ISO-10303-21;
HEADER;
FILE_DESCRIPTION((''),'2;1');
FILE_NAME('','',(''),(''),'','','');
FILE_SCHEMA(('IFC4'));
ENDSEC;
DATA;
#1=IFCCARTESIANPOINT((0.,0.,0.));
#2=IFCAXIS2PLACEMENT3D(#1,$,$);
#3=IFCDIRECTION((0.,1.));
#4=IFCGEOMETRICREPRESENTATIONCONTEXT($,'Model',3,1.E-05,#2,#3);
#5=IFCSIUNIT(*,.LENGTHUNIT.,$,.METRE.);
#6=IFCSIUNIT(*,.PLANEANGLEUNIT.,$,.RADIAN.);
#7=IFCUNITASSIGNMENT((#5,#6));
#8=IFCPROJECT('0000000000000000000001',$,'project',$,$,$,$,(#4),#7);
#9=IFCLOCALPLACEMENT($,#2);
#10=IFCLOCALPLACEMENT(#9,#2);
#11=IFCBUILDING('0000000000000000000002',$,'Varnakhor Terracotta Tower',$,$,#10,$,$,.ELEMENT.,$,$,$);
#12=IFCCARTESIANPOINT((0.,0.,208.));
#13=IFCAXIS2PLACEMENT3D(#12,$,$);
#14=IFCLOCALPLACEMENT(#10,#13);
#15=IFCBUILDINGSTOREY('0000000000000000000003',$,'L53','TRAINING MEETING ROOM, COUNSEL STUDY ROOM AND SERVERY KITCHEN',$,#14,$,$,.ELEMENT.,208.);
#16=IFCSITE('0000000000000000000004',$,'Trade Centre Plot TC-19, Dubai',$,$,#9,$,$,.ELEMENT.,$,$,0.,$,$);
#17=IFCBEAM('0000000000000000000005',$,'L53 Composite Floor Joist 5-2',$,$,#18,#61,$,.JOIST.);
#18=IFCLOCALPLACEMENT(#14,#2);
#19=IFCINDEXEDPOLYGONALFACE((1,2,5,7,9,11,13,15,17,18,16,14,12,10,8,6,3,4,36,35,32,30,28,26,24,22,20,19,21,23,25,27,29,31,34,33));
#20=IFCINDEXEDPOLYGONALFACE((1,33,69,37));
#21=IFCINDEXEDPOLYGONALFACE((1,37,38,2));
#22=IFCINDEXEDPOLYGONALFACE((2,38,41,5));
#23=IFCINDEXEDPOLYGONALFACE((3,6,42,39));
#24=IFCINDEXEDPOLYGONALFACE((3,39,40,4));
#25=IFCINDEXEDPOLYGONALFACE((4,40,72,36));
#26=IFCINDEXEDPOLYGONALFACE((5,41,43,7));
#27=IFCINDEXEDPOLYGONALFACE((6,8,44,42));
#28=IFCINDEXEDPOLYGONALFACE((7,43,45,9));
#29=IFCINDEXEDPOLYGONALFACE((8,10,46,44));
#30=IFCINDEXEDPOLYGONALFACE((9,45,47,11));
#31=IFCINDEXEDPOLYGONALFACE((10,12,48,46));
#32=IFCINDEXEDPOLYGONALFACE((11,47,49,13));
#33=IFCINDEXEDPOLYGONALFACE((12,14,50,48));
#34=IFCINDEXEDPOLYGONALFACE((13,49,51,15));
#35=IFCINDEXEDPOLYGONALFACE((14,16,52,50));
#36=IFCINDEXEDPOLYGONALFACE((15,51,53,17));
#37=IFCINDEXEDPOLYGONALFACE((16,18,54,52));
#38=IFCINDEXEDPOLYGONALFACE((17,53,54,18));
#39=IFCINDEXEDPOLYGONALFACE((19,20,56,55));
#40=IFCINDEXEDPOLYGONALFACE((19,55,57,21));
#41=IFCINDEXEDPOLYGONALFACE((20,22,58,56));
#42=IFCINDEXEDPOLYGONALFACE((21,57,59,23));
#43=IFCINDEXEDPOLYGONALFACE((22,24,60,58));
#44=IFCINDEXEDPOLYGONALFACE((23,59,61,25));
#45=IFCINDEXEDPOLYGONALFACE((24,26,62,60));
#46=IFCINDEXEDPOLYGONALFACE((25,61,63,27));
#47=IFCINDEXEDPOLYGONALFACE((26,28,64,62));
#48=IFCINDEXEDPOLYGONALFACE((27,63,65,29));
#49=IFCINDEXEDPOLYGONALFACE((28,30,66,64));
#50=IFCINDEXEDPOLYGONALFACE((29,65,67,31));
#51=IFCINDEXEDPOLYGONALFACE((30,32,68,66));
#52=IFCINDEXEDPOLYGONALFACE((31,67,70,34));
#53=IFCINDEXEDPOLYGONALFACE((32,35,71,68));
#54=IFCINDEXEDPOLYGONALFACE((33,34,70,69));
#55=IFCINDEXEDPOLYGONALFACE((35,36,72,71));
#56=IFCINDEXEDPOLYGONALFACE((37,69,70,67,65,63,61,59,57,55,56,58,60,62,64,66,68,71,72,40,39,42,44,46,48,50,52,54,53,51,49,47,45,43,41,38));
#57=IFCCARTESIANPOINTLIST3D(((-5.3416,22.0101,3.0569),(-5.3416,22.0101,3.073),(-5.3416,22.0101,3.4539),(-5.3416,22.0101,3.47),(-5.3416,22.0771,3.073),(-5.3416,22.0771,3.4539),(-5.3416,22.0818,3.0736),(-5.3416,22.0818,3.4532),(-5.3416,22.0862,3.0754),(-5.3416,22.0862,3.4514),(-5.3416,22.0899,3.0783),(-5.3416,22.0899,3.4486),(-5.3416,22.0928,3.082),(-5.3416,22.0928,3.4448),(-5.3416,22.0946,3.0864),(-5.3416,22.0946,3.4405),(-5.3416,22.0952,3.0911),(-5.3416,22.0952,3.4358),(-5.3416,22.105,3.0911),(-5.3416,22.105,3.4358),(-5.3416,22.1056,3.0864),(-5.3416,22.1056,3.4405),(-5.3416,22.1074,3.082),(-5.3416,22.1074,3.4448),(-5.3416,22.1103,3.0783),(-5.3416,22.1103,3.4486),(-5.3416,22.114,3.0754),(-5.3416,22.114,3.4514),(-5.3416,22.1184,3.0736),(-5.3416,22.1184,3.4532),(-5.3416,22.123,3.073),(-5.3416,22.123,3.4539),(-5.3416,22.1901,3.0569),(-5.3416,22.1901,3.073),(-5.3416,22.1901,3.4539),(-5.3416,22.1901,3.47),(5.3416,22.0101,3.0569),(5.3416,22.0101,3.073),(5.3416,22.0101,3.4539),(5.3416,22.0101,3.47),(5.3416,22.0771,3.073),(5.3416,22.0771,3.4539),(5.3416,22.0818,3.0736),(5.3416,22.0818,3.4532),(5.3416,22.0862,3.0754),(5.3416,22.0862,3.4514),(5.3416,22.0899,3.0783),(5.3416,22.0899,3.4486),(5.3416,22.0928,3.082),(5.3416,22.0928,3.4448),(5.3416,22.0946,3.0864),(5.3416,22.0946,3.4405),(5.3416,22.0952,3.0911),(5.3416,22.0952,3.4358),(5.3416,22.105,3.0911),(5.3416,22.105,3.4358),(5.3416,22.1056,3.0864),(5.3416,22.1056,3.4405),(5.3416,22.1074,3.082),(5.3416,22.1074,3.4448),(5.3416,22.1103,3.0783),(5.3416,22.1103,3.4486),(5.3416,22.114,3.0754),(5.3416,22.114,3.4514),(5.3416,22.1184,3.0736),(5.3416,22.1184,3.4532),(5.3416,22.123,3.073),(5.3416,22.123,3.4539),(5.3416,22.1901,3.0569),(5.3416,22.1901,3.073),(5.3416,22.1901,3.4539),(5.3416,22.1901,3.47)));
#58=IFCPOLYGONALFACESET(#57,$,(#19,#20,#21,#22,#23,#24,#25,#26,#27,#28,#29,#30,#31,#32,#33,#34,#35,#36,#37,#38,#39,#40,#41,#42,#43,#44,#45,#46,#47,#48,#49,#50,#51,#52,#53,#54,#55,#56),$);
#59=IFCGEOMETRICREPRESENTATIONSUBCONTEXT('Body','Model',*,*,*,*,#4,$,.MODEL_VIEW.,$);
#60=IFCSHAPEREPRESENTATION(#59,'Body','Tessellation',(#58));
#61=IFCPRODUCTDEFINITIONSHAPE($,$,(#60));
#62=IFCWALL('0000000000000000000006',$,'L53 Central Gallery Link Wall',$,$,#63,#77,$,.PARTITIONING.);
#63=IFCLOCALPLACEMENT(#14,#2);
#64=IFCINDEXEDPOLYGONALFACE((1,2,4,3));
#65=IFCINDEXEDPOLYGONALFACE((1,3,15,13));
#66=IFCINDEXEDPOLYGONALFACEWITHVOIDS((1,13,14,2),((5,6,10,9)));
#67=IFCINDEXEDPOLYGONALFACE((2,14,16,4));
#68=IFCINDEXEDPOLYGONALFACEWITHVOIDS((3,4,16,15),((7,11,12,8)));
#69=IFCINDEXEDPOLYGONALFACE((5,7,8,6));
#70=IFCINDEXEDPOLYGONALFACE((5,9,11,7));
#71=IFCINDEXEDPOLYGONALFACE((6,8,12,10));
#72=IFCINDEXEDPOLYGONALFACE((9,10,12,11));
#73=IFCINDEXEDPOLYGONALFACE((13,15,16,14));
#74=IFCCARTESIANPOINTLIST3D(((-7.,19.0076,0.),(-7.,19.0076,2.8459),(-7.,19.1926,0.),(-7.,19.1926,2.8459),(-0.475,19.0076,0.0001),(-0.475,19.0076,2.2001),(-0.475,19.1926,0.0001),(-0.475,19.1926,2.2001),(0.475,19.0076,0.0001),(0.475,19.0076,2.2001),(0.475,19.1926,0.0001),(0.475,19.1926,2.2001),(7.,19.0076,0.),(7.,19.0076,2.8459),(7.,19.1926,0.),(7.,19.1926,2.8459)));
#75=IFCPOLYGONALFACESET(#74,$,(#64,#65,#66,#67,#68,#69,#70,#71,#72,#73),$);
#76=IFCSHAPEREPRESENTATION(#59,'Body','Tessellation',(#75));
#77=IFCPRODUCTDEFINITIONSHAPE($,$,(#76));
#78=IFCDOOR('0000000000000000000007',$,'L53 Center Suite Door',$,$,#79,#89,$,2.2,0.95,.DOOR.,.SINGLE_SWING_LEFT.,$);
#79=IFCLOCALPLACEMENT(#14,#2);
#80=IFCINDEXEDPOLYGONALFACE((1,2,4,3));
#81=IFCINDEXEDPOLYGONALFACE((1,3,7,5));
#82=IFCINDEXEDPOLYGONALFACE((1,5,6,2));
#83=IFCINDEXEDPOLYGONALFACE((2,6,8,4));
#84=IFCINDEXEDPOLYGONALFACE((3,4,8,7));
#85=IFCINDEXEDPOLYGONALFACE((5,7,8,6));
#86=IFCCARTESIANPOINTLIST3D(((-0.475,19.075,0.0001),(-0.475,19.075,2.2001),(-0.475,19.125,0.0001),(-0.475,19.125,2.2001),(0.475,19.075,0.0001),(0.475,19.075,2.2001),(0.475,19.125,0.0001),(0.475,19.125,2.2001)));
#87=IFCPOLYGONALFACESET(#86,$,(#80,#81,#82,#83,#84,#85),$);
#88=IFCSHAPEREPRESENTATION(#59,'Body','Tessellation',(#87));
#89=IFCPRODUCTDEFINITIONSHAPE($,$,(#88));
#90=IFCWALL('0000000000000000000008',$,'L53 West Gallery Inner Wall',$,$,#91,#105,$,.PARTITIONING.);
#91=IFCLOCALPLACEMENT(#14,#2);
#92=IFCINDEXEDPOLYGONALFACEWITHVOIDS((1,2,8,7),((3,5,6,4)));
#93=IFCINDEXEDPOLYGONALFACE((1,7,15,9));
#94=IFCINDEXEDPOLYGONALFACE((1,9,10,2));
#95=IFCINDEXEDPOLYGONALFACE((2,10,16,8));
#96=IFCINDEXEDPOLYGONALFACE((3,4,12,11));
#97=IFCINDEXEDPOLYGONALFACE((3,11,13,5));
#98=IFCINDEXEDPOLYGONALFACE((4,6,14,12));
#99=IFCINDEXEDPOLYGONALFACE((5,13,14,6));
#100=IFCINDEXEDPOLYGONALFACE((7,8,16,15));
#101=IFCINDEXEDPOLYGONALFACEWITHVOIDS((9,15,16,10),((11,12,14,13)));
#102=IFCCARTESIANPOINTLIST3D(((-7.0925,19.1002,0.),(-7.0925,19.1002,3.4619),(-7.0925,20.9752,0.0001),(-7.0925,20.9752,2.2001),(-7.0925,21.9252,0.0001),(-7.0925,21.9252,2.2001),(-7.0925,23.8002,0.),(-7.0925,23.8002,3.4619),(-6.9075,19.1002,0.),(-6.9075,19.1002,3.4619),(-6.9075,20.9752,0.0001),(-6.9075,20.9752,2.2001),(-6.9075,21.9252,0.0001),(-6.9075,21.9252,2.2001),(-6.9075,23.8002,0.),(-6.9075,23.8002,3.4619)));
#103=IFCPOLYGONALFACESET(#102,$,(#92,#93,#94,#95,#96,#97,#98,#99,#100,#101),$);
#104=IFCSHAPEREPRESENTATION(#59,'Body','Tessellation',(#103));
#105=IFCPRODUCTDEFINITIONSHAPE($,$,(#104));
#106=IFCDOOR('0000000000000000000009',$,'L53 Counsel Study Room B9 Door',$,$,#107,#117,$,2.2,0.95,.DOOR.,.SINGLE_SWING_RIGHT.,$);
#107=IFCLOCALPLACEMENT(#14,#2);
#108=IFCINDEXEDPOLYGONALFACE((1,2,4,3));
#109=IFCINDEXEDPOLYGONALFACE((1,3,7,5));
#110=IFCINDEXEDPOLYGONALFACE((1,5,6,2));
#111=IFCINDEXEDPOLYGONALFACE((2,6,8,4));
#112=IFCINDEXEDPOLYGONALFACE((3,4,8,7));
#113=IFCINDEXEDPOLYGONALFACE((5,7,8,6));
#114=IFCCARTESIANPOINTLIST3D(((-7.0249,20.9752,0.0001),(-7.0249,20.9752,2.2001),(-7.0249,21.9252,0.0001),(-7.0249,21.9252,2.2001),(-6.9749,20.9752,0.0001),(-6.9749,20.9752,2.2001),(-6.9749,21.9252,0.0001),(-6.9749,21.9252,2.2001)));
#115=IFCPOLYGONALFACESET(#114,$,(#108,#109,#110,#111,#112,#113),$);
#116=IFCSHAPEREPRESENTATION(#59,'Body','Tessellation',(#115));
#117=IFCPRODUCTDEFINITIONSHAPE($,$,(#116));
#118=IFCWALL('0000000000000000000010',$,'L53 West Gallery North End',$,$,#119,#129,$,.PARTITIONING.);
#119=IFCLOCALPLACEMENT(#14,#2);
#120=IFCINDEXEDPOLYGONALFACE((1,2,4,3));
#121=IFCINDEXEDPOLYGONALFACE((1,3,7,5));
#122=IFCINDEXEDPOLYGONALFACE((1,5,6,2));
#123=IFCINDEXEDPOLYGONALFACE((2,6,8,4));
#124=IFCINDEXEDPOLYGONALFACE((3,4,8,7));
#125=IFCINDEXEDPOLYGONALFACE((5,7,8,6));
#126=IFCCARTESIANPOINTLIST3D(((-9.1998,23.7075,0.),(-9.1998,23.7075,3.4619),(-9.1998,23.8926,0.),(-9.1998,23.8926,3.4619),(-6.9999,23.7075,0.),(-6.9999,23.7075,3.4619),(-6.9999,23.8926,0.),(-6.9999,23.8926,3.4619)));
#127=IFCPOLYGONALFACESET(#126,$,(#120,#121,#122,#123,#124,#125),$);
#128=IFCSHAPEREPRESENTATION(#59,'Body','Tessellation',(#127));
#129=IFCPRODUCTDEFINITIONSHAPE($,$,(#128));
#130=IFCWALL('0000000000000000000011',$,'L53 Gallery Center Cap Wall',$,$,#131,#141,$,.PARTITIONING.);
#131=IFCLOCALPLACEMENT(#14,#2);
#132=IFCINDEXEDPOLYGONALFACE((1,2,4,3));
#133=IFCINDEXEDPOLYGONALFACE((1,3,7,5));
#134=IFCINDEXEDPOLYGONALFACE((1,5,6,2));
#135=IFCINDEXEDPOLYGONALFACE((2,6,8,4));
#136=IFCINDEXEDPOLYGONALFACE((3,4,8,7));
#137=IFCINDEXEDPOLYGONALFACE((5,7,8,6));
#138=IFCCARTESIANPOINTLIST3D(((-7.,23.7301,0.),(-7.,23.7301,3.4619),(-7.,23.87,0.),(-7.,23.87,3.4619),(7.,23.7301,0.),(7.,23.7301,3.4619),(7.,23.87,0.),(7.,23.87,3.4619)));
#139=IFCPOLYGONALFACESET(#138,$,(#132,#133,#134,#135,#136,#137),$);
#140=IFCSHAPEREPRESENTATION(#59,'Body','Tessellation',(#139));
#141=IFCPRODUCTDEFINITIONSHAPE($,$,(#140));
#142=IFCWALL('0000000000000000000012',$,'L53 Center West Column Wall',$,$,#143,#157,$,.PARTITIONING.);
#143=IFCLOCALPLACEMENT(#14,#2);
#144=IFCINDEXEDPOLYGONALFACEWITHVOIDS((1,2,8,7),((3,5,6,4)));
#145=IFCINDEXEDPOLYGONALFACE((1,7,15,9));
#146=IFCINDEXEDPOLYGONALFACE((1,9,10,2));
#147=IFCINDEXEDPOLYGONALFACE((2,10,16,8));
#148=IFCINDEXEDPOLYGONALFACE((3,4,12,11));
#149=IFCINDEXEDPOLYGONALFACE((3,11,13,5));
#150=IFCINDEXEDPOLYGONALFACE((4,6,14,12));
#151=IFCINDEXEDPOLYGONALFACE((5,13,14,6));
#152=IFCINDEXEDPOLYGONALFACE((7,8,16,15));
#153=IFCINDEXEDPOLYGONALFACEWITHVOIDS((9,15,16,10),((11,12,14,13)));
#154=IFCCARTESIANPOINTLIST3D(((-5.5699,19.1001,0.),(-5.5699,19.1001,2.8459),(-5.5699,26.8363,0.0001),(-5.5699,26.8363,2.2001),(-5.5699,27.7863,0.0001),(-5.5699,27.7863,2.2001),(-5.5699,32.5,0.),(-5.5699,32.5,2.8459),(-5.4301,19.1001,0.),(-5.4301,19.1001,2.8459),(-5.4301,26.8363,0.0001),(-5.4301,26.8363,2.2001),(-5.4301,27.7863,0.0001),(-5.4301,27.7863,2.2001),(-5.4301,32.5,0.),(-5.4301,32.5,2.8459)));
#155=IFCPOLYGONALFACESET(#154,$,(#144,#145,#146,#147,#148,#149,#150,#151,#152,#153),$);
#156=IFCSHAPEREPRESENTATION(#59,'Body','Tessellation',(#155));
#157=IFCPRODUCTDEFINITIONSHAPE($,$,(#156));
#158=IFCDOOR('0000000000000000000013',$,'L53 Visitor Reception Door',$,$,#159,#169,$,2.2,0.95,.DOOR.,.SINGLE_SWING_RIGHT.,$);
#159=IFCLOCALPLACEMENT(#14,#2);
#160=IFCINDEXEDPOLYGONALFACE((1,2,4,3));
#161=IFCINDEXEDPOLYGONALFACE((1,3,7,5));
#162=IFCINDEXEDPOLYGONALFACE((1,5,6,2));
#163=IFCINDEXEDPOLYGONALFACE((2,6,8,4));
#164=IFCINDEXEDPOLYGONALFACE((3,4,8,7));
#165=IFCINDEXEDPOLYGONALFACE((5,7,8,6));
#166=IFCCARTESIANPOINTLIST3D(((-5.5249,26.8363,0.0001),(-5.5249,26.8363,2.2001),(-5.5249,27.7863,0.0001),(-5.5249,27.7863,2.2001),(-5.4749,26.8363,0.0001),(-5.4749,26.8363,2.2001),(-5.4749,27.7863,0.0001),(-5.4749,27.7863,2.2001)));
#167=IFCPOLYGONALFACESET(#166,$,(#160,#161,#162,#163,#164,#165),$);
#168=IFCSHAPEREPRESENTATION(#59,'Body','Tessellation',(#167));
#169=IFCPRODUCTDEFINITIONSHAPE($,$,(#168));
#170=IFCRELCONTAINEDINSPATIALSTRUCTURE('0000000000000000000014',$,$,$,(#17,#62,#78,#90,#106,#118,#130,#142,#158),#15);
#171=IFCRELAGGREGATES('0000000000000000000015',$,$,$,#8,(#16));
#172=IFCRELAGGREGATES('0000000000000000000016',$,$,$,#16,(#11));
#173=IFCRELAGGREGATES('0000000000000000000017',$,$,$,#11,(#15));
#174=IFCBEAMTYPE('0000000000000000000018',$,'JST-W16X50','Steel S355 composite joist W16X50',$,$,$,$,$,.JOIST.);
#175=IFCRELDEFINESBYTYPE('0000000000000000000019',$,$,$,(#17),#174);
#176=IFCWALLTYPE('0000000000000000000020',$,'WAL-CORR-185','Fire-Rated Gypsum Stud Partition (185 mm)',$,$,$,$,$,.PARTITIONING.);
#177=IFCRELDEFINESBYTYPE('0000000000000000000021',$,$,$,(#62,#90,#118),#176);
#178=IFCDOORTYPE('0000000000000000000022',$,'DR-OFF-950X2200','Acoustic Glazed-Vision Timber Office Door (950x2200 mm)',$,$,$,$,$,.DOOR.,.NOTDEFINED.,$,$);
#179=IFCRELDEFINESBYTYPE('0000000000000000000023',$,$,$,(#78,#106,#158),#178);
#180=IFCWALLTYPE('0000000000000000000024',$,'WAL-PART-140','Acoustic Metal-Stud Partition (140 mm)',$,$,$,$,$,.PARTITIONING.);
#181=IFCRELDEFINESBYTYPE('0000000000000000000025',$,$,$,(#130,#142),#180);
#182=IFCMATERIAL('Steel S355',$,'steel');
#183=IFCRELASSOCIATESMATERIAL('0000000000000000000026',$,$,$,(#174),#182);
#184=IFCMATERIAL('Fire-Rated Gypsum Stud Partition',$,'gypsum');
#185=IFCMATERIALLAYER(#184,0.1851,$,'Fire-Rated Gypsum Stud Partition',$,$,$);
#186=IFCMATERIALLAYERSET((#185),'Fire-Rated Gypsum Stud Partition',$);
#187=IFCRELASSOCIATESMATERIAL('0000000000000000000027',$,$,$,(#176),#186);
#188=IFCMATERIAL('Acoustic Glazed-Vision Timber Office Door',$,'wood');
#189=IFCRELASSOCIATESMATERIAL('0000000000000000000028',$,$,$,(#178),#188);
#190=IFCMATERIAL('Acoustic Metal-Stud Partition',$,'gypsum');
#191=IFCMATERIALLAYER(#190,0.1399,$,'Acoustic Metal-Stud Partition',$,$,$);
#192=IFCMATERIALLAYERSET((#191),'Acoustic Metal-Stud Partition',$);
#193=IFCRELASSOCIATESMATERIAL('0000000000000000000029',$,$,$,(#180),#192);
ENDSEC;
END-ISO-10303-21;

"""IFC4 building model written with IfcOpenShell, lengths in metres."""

from ifc_helpers import new_model, si_unit, direction, frame, frame_2d, origin, origin_2d, place, context, subcontext, project, spatial, rectangle, i_section, extrude, source, transform, mapped, material, layer, layer_set, material_profile, profile_set, type_object, type_shapes, element, fill, save


model = new_model("IFC4")

# Units and contexts
model_context = context("Model", 3, precision=1e-05, world=origin(), true_north=direction((0.0, 1.0)))
body_context = subcontext(model_context, "Body", "Model", "MODEL_VIEW")
ifc_project = project(units=[si_unit("LENGTHUNIT", "METRE"), si_unit("PLANEANGLEUNIT", "RADIAN")], contexts=[model_context])

# Site, building, storey
site_placement = place(None, origin())
site = spatial("IfcSite", under=ifc_project, at=site_placement, Name="Trade Centre Plot TC-19, Dubai", CompositionType="ELEMENT", RefElevation=0.0)
building_placement = place(site_placement, origin())
building = spatial("IfcBuilding", under=site, at=building_placement, Name="Varnakhor Terracotta Tower", CompositionType="ELEMENT")
storey_placement = place(building_placement, frame((0.0, 0.0, 208.0)))
storey = spatial("IfcBuildingStorey", under=building, at=storey_placement, Name="L53", Description="TRAINING MEETING ROOM, COUNSEL STUDY ROOM AND SERVERY KITCHEN", CompositionType="ELEMENT", Elevation=208.0)

# Beam
ifc_material_1 = material(Name="Steel S355", Category="steel")
ifc_material_profile_1 = material_profile(ifc_material_1, i_section(OverallWidth=0.1799, OverallDepth=0.4131, WebThickness=0.0098, FlangeThickness=0.0161, FilletRadius=0.0181, at=origin_2d()), Name="W16X50")
ifc_profile_set_1 = profile_set([ifc_material_profile_1], Name="Steel S355")
beam_type_1 = type_object("IfcBeamType", Name="JST-W16X50", Description="Steel S355 composite joist W16X50", PredefinedType="JOIST", material=ifc_profile_set_1)
shared_shape_1 = source(origin(), body_context, "Body", "SweptSolid", [
    extrude(i_section(OverallWidth=0.1799, OverallDepth=0.4131, WebThickness=0.0098, FlangeThickness=0.0161, FilletRadius=0.0181, at=origin_2d()), origin(), (0.0, 0.0, 1.0), 10.6831),
])
for number, where, z_axis, x_axis, name in (
    (1, (-5.3416, 22.1001, 3.2634), (1.0, 0.0, 0.0), (0.0, 1.0, 0.0), "L53 Composite Floor Joist 5-2"),
):
    element("IfcBeam", number, at=place(storey_placement, frame(where, z_axis=z_axis, x_axis=x_axis)), inside=storey, type_object=beam_type_1, Name=name, PredefinedType="JOIST", context=body_context, shape_type="MappedRepresentation", body=[
        mapped(shared_shape_1, transform((0.0, 0.0, 0.0), scale=1.0)),
    ])

# Walls, openings, doors
ifc_material_2 = material(Name="Fire-Rated Gypsum Stud Partition", Category="gypsum")
ifc_layer_1 = layer(ifc_material_2, 0.1851, Name="Fire-Rated Gypsum Stud Partition")
ifc_layer_set_1 = layer_set([ifc_layer_1], Name="Fire-Rated Gypsum Stud Partition")
wall_type_1 = type_object("IfcWallType", Name="WAL-CORR-185", Description="Fire-Rated Gypsum Stud Partition (185 mm)", PredefinedType="PARTITIONING", material=ifc_layer_set_1)
wall_1_placement = place(storey_placement, frame((-7.0, 19.1001, 0.0), z_axis=(0.0, 0.0, 1.0), x_axis=(1.0, 0.0, 0.0)))
wall_1 = element("IfcWall", 2, at=wall_1_placement, inside=storey, type_object=wall_type_1, Name="L53 Central Gallery Link Wall", PredefinedType="PARTITIONING", context=body_context, shape_type="SweptSolid", body=[
    extrude(rectangle(XDim=14.0, YDim=0.1851, at=frame_2d((7.0, 0.0))), origin(), (0.0, 0.0, 1.0), 2.8459),
])
opening_1_placement = place(wall_1_placement, frame((6.5249, 0.0, 0.0)))
opening_1 = element("IfcOpeningElement", 3, at=opening_1_placement, cuts=wall_1, PredefinedType="OPENING", context=body_context, shape_type="SweptSolid", body=[
    extrude(rectangle(XDim=0.95, YDim=2.2, at=frame_2d((0.4751, 1.1001))), frame((0.0, 0.1025, 0.0), z_axis=(0.0, -1.0, 0.0), x_axis=(1.0, 0.0, 0.0)), (0.0, 0.0, 1.0), 0.2051),
])
ifc_material_3 = material(Name="Acoustic Glazed-Vision Timber Office Door", Category="wood")
door_type_1 = type_object("IfcDoorType", Name="DR-OFF-950X2200", Description="Acoustic Glazed-Vision Timber Office Door (950x2200 mm)", OperationType="NOTDEFINED", PredefinedType="DOOR", material=ifc_material_3)
shared_shape_2 = source(origin(), body_context, "Body", "SweptSolid", [
    extrude(rectangle(XDim=0.95, YDim=2.2, at=frame_2d((0.4751, 1.1001))), frame((0.0, 0.0249, 0.0), z_axis=(0.0, -1.0, 0.0), x_axis=(1.0, 0.0, 0.0)), (0.0, 0.0, 1.0), 0.05),
])
type_shapes(door_type_1, [shared_shape_2])
door_1_placement = place(opening_1_placement, origin())
door_1 = element("IfcDoor", 4, at=door_1_placement, inside=storey, type_object=door_type_1, Name="L53 Center Suite Door", OperationType="SINGLE_SWING_LEFT", OverallHeight=2.2, OverallWidth=0.95, PredefinedType="DOOR", context=body_context, shape_type="MappedRepresentation", body=[
    mapped(shared_shape_2, transform((0.0, 0.0, 0.0), scale=1.0)),
])
fill(opening_1, door_1)
wall_2_placement = place(storey_placement, frame((-7.0, 19.1001, 0.0), z_axis=(0.0, 0.0, 1.0), x_axis=(0.0, 1.0, 0.0)))
wall_2 = element("IfcWall", 5, at=wall_2_placement, inside=storey, type_object=wall_type_1, Name="L53 West Gallery Inner Wall", PredefinedType="PARTITIONING", context=body_context, shape_type="SweptSolid", body=[
    extrude(rectangle(XDim=4.7, YDim=0.1851, at=frame_2d((2.3501, 0.0))), origin(), (0.0, 0.0, 1.0), 3.4619),
])
opening_2_placement = place(wall_2_placement, frame((1.875, 0.0, 0.0)))
opening_2 = element("IfcOpeningElement", 6, at=opening_2_placement, cuts=wall_2, PredefinedType="OPENING", context=body_context, shape_type="SweptSolid", body=[
    extrude(rectangle(XDim=0.95, YDim=2.2, at=frame_2d((0.4751, 1.1001))), frame((0.0, 0.1025, 0.0), z_axis=(0.0, -1.0, 0.0), x_axis=(1.0, 0.0, 0.0)), (0.0, 0.0, 1.0), 0.2051),
])
door_2_placement = place(opening_2_placement, origin())
door_2 = element("IfcDoor", 7, at=door_2_placement, inside=storey, type_object=door_type_1, Name="L53 Counsel Study Room B9 Door", OperationType="SINGLE_SWING_RIGHT", OverallHeight=2.2, OverallWidth=0.95, PredefinedType="DOOR", context=body_context, shape_type="MappedRepresentation", body=[
    mapped(shared_shape_2, transform((0.0, 0.0, 0.0), scale=1.0)),
])
fill(opening_2, door_2)

# Walls
wall_3_placement = place(storey_placement, frame((-9.2, 23.8, 0.0), z_axis=(0.0, 0.0, 1.0), x_axis=(1.0, 0.0, 0.0)))
element("IfcWall", 8, at=wall_3_placement, inside=storey, type_object=wall_type_1, Name="L53 West Gallery North End", PredefinedType="PARTITIONING", context=body_context, shape_type="SweptSolid", body=[
    extrude(rectangle(XDim=2.2, YDim=0.1851, at=frame_2d((1.1001, 0.0))), origin(), (0.0, 0.0, 1.0), 3.4619),
])
ifc_material_4 = material(Name="Acoustic Metal-Stud Partition", Category="gypsum")
ifc_layer_2 = layer(ifc_material_4, 0.1399, Name="Acoustic Metal-Stud Partition")
ifc_layer_set_2 = layer_set([ifc_layer_2], Name="Acoustic Metal-Stud Partition")
wall_type_2 = type_object("IfcWallType", Name="WAL-PART-140", Description="Acoustic Metal-Stud Partition (140 mm)", PredefinedType="PARTITIONING", material=ifc_layer_set_2)
wall_4_placement = place(storey_placement, frame((-7.0, 23.8, 0.0), z_axis=(0.0, 0.0, 1.0), x_axis=(1.0, 0.0, 0.0)))
element("IfcWall", 9, at=wall_4_placement, inside=storey, type_object=wall_type_2, Name="L53 Gallery Center Cap Wall", PredefinedType="PARTITIONING", context=body_context, shape_type="SweptSolid", body=[
    extrude(rectangle(XDim=14.0, YDim=0.1399, at=frame_2d((7.0, 0.0))), origin(), (0.0, 0.0, 1.0), 3.4619),
])

# Wall, opening, door
wall_5_placement = place(storey_placement, frame((-5.5, 19.1001, 0.0), z_axis=(0.0, 0.0, 1.0), x_axis=(0.0, 1.0, 0.0)))
wall_5 = element("IfcWall", 10, at=wall_5_placement, inside=storey, type_object=wall_type_2, Name="L53 Center West Column Wall", PredefinedType="PARTITIONING", context=body_context, shape_type="SweptSolid", body=[
    extrude(rectangle(XDim=13.3999, YDim=0.1399, at=frame_2d((6.7, 0.0))), origin(), (0.0, 0.0, 1.0), 2.8459),
])
opening_3_placement = place(wall_5_placement, frame((7.7361, 0.0, 0.0)))
opening_3 = element("IfcOpeningElement", 11, at=opening_3_placement, cuts=wall_5, PredefinedType="OPENING", context=body_context, shape_type="SweptSolid", body=[
    extrude(rectangle(XDim=0.95, YDim=2.2, at=frame_2d((0.4751, 1.1001))), frame((0.0, 0.0801, 0.0), z_axis=(0.0, -1.0, 0.0), x_axis=(1.0, 0.0, 0.0)), (0.0, 0.0, 1.0), 0.1599),
])
door_3_placement = place(opening_3_placement, origin())
door_3 = element("IfcDoor", 12, at=door_3_placement, inside=storey, type_object=door_type_1, Name="L53 Visitor Reception Door", OperationType="SINGLE_SWING_RIGHT", OverallHeight=2.2, OverallWidth=0.95, PredefinedType="DOOR", context=body_context, shape_type="MappedRepresentation", body=[
    mapped(shared_shape_2, transform((0.0, 0.0, 0.0), scale=1.0)),
])
fill(opening_3, door_3)

save(model, "model.ifc")
